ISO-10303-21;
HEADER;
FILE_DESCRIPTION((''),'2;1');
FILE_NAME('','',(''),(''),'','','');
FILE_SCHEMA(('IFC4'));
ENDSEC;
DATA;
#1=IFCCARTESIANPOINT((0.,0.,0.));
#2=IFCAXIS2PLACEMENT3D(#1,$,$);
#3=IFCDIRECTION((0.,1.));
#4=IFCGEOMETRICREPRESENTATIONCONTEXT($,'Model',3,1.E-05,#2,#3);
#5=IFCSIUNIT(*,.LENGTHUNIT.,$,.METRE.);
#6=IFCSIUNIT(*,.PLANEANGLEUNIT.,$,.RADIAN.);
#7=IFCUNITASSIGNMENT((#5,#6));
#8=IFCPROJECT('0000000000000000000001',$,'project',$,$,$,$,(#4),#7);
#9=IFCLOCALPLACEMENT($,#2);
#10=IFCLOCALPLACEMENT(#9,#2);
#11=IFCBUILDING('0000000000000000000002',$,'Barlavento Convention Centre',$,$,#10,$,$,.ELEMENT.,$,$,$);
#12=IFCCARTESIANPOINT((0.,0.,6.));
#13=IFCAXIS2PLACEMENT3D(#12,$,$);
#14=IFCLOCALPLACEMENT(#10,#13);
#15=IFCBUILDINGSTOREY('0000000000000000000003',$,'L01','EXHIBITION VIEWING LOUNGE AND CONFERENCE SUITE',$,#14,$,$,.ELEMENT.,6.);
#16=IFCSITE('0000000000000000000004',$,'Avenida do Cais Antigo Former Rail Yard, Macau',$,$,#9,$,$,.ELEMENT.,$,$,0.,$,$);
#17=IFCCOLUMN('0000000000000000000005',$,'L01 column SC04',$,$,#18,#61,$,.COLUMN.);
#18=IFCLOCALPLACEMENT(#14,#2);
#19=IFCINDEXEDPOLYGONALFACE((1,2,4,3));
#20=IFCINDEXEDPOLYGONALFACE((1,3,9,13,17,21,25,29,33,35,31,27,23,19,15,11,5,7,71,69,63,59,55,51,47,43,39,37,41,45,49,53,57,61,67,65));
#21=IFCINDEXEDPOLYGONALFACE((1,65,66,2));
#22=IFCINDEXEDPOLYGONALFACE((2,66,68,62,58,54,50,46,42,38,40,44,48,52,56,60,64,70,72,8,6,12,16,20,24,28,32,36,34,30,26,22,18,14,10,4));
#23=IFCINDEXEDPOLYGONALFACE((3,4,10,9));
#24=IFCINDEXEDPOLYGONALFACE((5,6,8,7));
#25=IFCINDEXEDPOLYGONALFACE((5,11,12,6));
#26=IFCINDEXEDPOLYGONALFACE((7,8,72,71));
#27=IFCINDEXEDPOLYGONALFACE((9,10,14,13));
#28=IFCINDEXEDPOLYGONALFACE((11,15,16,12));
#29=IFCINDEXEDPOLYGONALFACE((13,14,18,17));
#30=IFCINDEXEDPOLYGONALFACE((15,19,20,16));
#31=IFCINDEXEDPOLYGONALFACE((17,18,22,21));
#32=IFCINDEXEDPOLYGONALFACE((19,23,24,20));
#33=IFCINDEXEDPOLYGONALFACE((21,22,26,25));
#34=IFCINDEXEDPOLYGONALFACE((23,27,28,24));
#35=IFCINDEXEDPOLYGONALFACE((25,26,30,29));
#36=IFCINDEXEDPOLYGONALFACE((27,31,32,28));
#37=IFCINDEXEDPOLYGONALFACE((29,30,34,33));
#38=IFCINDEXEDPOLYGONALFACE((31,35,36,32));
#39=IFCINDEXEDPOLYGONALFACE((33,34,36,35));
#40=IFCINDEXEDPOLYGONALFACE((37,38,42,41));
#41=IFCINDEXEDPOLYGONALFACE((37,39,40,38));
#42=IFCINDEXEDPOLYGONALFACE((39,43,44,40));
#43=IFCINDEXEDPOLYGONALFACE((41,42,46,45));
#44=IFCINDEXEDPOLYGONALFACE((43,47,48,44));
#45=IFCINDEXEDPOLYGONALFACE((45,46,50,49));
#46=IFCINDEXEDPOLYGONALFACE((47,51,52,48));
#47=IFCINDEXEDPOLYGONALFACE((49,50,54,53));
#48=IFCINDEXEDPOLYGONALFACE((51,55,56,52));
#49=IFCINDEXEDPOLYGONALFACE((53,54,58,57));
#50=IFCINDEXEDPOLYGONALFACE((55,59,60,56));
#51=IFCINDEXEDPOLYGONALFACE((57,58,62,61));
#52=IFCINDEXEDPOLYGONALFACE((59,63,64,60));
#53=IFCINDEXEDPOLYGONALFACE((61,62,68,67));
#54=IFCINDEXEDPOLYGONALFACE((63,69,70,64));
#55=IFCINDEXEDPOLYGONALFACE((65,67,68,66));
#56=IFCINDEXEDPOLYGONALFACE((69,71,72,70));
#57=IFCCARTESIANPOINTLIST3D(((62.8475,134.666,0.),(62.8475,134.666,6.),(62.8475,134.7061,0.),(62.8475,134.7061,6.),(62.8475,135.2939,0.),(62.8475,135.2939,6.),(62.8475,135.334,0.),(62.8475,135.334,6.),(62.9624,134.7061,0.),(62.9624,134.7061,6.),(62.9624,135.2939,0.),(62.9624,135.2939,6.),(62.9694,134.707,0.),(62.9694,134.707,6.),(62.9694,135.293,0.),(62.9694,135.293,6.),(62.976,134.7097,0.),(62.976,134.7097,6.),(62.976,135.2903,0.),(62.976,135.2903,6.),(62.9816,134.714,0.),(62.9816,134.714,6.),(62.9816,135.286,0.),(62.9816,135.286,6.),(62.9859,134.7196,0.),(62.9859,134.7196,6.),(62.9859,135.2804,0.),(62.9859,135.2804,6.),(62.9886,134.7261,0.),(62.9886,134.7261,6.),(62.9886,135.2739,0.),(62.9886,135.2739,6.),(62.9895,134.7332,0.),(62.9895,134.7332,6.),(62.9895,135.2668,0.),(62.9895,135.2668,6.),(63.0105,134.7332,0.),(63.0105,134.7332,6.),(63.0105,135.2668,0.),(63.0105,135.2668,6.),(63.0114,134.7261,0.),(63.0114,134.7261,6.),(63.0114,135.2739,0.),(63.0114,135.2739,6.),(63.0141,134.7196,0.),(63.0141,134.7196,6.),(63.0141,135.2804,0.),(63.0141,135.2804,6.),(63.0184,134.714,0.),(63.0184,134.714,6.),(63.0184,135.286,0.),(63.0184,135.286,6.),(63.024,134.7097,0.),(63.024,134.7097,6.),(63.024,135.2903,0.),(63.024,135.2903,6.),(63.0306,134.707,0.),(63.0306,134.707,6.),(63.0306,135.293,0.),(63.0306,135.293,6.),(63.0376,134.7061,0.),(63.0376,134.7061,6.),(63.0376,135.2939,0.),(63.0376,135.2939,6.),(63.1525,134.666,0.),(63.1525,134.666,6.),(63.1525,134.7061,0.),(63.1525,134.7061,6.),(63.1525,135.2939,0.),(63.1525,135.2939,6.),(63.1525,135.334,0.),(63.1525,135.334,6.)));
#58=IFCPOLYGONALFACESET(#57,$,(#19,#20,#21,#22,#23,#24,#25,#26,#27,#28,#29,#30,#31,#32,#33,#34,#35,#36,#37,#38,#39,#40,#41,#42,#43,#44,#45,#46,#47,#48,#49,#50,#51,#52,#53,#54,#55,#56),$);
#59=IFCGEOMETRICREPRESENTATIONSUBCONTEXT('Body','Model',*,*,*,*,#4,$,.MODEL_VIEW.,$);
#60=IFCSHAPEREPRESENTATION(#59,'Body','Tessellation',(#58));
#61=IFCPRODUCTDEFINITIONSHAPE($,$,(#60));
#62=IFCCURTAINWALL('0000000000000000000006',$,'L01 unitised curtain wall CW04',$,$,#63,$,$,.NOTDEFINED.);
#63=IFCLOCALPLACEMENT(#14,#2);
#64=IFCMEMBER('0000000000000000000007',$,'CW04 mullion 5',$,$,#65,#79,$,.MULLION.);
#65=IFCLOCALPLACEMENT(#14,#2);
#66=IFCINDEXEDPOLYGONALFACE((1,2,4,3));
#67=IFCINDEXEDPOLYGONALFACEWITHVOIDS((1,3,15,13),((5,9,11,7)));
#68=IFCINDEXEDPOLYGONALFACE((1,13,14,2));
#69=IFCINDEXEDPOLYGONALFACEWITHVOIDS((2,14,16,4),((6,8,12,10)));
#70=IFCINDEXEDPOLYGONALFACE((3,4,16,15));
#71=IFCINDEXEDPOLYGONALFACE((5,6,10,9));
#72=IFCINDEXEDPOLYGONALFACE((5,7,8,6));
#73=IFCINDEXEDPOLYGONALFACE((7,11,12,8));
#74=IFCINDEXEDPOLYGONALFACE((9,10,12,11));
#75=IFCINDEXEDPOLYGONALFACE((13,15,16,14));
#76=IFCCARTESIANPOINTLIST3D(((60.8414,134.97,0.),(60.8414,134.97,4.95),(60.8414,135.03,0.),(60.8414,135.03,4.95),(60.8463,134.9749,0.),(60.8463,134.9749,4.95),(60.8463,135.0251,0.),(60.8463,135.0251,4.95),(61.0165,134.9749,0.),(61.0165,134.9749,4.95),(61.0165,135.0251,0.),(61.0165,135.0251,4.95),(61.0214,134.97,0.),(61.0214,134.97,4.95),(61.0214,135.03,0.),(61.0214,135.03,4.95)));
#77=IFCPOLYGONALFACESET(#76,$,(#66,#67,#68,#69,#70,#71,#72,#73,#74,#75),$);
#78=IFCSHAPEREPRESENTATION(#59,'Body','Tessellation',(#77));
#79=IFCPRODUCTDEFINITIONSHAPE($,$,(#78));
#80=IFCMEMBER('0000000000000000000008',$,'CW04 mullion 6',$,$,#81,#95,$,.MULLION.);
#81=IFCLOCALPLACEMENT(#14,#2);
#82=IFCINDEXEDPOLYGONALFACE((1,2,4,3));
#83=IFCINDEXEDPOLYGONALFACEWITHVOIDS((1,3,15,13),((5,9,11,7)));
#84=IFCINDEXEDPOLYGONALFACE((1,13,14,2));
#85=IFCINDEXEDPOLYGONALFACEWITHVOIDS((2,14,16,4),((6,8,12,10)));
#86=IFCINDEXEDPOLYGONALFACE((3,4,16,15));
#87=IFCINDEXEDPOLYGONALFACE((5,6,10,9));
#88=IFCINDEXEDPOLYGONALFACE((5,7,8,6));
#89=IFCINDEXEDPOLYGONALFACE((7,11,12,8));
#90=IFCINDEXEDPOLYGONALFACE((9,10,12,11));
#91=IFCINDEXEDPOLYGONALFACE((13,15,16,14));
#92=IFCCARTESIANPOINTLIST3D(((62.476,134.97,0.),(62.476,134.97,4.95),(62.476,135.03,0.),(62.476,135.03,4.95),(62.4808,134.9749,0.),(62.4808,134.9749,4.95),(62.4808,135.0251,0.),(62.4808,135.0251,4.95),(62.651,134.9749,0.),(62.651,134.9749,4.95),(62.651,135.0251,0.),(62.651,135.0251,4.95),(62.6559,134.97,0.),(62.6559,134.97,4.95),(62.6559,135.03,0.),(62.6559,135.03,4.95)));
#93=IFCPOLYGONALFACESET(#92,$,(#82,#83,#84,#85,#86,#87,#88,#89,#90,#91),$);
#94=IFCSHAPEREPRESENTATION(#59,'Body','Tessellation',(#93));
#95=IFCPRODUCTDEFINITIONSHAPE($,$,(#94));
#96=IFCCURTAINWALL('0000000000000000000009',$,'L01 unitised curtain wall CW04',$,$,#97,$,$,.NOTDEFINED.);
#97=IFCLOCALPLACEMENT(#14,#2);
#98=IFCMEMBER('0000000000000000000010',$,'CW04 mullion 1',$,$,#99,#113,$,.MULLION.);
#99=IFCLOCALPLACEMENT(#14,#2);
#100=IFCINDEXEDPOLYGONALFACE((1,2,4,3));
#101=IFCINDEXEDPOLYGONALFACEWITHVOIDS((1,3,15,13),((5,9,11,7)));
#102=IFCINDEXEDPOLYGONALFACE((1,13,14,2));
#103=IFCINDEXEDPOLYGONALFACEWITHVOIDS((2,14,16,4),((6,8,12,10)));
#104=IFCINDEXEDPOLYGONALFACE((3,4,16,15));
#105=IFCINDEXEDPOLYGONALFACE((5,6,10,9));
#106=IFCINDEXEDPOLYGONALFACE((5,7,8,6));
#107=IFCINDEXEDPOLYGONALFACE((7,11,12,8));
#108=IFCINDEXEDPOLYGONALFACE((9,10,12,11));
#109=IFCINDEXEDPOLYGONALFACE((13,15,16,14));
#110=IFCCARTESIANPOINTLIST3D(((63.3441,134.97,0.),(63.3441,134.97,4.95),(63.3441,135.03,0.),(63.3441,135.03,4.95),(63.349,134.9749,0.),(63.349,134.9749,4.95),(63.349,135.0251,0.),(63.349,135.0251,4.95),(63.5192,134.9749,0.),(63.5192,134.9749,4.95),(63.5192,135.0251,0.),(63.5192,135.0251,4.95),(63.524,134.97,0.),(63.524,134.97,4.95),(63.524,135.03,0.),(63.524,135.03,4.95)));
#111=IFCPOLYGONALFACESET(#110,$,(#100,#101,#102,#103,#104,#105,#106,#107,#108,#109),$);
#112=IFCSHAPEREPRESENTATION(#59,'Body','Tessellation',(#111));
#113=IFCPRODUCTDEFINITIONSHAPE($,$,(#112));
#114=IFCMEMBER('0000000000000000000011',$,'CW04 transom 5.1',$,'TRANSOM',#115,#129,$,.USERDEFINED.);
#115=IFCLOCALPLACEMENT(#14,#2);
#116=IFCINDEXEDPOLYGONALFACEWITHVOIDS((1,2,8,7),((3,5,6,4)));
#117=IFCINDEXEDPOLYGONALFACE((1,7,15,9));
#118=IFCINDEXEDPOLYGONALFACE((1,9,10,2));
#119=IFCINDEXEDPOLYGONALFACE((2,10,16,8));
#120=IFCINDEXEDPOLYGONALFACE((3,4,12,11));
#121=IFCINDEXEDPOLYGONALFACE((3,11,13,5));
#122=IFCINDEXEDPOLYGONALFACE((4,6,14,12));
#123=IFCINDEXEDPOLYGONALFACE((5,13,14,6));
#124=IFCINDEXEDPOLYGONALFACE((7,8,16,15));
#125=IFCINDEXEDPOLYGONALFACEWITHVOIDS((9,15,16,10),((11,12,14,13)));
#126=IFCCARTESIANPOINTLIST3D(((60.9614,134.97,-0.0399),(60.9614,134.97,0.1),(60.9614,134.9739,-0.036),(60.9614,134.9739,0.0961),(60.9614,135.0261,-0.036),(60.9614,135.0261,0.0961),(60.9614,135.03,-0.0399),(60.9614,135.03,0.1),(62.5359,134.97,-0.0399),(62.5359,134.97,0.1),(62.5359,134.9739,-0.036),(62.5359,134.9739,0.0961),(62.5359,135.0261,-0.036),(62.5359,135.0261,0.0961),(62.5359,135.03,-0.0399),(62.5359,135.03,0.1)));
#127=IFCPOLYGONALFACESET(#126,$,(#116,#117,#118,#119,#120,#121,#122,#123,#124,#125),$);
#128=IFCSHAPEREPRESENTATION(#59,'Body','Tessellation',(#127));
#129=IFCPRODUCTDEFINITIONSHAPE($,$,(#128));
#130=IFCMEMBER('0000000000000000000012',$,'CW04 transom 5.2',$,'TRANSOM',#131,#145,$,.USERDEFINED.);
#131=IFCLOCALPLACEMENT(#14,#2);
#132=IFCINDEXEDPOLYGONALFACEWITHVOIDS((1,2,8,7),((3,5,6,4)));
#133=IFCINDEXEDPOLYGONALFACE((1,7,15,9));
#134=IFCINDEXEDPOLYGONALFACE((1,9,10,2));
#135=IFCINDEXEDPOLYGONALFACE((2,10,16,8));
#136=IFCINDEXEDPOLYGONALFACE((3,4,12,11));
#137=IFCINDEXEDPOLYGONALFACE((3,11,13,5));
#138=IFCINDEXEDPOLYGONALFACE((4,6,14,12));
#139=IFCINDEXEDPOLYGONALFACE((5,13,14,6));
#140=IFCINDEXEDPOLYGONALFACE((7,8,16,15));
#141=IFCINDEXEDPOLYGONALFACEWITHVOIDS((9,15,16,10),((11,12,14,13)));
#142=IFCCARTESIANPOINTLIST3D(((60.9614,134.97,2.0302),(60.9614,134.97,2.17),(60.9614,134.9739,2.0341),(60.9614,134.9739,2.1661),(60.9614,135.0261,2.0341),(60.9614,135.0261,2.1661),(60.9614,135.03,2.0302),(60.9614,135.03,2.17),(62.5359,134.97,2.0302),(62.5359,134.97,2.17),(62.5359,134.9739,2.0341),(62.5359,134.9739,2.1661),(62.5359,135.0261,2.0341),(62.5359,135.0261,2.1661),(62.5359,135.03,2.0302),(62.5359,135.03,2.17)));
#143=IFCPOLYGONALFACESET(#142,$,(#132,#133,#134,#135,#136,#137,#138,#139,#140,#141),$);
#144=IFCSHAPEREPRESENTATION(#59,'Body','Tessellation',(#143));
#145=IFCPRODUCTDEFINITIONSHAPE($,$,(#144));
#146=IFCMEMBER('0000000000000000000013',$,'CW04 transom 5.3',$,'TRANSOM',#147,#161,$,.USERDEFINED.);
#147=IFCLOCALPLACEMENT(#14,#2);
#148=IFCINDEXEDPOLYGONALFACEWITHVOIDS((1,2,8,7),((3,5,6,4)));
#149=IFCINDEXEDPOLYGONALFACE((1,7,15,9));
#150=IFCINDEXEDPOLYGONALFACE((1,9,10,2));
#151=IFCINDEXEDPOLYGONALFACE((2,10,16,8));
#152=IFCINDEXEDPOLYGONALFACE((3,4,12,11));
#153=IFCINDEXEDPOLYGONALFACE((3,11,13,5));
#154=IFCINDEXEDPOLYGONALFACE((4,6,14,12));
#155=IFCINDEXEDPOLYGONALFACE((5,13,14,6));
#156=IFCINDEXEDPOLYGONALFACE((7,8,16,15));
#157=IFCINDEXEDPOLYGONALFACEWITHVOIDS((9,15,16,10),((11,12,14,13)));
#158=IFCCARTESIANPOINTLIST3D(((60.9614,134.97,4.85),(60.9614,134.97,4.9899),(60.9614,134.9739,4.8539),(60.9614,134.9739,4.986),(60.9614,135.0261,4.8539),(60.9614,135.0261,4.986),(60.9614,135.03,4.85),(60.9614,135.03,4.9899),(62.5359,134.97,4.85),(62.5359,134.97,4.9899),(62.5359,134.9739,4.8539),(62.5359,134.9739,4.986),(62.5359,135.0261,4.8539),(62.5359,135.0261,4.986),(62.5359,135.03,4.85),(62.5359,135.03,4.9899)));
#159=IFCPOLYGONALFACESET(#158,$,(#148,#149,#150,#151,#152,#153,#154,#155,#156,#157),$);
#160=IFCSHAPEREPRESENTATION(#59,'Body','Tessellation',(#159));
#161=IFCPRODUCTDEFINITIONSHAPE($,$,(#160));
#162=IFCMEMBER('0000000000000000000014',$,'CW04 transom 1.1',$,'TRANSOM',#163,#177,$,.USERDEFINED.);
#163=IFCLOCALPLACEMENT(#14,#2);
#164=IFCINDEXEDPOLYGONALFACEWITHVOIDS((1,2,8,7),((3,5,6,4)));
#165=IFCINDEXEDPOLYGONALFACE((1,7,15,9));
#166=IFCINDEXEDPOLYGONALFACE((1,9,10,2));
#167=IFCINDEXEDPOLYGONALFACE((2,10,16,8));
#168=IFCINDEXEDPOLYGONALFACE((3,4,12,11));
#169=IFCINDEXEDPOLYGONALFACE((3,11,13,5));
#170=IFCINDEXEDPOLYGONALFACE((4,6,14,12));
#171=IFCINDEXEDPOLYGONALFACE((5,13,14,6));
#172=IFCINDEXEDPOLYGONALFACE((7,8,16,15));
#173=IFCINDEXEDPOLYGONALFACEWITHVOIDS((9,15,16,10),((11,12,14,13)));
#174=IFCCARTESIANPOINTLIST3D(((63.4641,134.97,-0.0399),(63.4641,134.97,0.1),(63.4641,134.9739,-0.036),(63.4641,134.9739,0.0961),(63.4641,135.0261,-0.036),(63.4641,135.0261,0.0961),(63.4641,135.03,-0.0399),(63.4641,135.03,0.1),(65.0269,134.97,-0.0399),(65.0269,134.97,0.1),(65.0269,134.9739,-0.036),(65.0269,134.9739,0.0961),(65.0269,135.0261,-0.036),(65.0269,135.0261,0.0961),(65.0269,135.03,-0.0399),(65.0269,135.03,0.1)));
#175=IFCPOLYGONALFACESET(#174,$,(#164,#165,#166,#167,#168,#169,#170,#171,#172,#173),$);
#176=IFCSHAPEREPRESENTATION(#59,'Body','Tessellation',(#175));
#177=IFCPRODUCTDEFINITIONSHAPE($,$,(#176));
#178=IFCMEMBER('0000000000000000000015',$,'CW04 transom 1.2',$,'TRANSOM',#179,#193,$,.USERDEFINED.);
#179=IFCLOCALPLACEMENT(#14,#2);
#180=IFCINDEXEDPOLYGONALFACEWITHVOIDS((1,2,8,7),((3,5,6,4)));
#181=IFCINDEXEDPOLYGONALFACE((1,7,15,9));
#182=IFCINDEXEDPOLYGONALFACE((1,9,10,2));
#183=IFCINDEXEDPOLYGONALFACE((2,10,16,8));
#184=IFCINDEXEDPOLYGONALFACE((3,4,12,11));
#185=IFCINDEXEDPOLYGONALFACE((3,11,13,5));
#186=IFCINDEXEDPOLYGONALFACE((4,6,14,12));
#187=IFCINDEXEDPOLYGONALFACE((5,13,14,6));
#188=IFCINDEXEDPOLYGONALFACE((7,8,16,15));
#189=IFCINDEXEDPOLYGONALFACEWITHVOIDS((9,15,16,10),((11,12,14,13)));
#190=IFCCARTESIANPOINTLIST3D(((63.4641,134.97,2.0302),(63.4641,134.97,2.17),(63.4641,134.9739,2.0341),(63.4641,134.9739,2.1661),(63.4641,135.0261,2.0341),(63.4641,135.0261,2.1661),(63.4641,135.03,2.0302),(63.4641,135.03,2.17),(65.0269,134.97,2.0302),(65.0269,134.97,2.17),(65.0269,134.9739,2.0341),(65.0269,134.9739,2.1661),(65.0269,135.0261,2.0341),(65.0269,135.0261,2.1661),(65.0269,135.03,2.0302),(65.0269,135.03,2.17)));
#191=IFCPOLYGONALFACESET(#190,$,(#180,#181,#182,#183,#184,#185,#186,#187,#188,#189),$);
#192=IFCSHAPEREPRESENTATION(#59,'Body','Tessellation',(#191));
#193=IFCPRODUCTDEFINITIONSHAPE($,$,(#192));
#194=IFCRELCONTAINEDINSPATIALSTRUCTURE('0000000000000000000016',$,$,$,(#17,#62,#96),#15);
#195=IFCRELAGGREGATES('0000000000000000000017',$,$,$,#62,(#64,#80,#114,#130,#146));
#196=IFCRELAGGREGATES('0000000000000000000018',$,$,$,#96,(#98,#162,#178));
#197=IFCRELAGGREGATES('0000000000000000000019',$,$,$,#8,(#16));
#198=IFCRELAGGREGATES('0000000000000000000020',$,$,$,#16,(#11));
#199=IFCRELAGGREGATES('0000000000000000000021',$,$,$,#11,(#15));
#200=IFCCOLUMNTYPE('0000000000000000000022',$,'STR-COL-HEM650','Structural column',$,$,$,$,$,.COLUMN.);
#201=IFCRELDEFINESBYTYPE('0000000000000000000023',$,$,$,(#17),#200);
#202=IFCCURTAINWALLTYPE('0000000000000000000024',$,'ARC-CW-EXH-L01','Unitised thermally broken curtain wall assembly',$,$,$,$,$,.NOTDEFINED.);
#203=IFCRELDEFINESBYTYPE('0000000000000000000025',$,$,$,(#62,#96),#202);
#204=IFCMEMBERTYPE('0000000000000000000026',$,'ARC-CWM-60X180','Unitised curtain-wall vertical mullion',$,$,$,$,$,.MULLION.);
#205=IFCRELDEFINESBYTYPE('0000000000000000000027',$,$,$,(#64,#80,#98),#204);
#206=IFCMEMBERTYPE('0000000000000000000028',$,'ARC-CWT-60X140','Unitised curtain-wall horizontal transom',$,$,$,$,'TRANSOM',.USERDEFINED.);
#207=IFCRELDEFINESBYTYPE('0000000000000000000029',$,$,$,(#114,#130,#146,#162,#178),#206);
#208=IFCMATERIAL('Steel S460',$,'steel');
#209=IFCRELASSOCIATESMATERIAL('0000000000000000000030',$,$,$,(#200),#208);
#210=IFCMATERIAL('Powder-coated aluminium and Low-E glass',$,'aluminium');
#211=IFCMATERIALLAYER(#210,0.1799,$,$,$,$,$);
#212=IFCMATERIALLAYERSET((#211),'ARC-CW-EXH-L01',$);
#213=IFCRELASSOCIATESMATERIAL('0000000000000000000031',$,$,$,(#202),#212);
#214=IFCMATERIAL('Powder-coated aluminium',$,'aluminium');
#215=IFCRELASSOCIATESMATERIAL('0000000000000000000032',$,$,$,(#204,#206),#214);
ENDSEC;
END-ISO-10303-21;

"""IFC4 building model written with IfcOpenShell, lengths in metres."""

from ifc_helpers import new_model, si_unit, direction, frame, origin, origin_2d, place, context, subcontext, project, spatial, hollow_rectangle, i_section, extrude, material, layer, layer_set, material_profile, profile_set, type_object, element, aggregate, save


model = new_model("IFC4")

# Units and contexts
model_context = context("Model", 3, precision=1e-05, world=origin(), true_north=direction((0.0, 1.0)))
body_context = subcontext(model_context, "Body", "Model", "MODEL_VIEW")
ifc_project = project(units=[si_unit("LENGTHUNIT", "METRE"), si_unit("PLANEANGLEUNIT", "RADIAN")], contexts=[model_context])

# Site, building, storey
site_placement = place(None, origin())
site = spatial("IfcSite", under=ifc_project, at=site_placement, Name="Avenida do Cais Antigo Former Rail Yard, Macau", CompositionType="ELEMENT", RefElevation=0.0)
building_placement = place(site_placement, origin())
building = spatial("IfcBuilding", under=site, at=building_placement, Name="Barlavento Convention Centre", CompositionType="ELEMENT")
storey_placement = place(building_placement, frame((0.0, 0.0, 6.0)))
storey = spatial("IfcBuildingStorey", under=building, at=storey_placement, Name="L01", Description="EXHIBITION VIEWING LOUNGE AND CONFERENCE SUITE", CompositionType="ELEMENT", Elevation=6.0)

# Column
ifc_material_1 = material(Name="Steel S460", Category="steel")
ifc_material_profile_1 = material_profile(ifc_material_1, i_section(OverallWidth=0.3049, OverallDepth=0.668, WebThickness=0.021, FlangeThickness=0.04, FilletRadius=0.0271, at=origin_2d()), Name="HEM 650")
ifc_profile_set_1 = profile_set([ifc_material_profile_1], Name="Steel S460")
column_type = type_object("IfcColumnType", Name="STR-COL-HEM650", Description="Structural column", PredefinedType="COLUMN", material=ifc_profile_set_1)
column_placement = place(storey_placement, frame((63.0, 135.0, 0.0), z_axis=(0.0, 0.0, 1.0), x_axis=(1.0, 0.0, 0.0)))
element("IfcColumn", 1, at=column_placement, inside=storey, type_object=column_type, Name="L01 column SC04", PredefinedType="COLUMN", context=body_context, shape_type="SweptSolid", body=[
    extrude(i_section(OverallWidth=0.3049, OverallDepth=0.668, WebThickness=0.021, FlangeThickness=0.04, FilletRadius=0.0271, at=origin_2d()), origin(), (0.0, 0.0, 1.0), 6.0),
])

# Curtain wall, members
ifc_material_2 = material(Name="Powder-coated aluminium and Low-E glass", Category="aluminium")
ifc_layer_1 = layer(ifc_material_2, 0.1799)
ifc_layer_set_1 = layer_set([ifc_layer_1], Name="ARC-CW-EXH-L01")
curtain_wall_type = type_object("IfcCurtainWallType", Name="ARC-CW-EXH-L01", Description="Unitised thermally broken curtain wall assembly", PredefinedType="NOTDEFINED", material=ifc_layer_set_1)
curtain_wall_1_placement = place(storey_placement, origin())
curtain_wall_1 = element("IfcCurtainWall", 2, at=curtain_wall_1_placement, inside=storey, type_object=curtain_wall_type, Name="L01 unitised curtain wall CW04", PredefinedType="NOTDEFINED")
ifc_material_3 = material(Name="Powder-coated aluminium", Category="aluminium")
ifc_material_profile_2 = material_profile(ifc_material_3, hollow_rectangle(XDim=0.0601, YDim=0.1799, WallThickness=0.0049, at=origin_2d()), Name="AL-MULL 60x180x5")
ifc_profile_set_2 = profile_set([ifc_material_profile_2], Name="Powder-coated aluminium")
member_type_1 = type_object("IfcMemberType", Name="ARC-CWM-60X180", Description="Unitised curtain-wall vertical mullion", PredefinedType="MULLION", material=ifc_profile_set_2)
member_1_placement = place(storey_placement, frame((60.9314, 135.0, 0.0), z_axis=(0.0, 0.0, 1.0), x_axis=(0.0, 1.0, 0.0)))
member_1 = element("IfcMember", 3, at=member_1_placement, type_object=member_type_1, Name="CW04 mullion 5", PredefinedType="MULLION", context=body_context, shape_type="SweptSolid", body=[
    extrude(hollow_rectangle(XDim=0.0601, YDim=0.1799, WallThickness=0.0049, at=origin_2d()), origin(), (0.0, 0.0, 1.0), 4.95),
])
member_2_placement = place(storey_placement, frame((62.5659, 135.0, 0.0), z_axis=(0.0, 0.0, 1.0), x_axis=(0.0, 1.0, 0.0)))
member_2 = element("IfcMember", 4, at=member_2_placement, type_object=member_type_1, Name="CW04 mullion 6", PredefinedType="MULLION", context=body_context, shape_type="SweptSolid", body=[
    extrude(hollow_rectangle(XDim=0.0601, YDim=0.1799, WallThickness=0.0049, at=origin_2d()), origin(), (0.0, 0.0, 1.0), 4.95),
])

# Curtain wall, member
curtain_wall_2_placement = place(storey_placement, origin())
curtain_wall_2 = element("IfcCurtainWall", 5, at=curtain_wall_2_placement, inside=storey, type_object=curtain_wall_type, Name="L01 unitised curtain wall CW04", PredefinedType="NOTDEFINED")
member_3_placement = place(storey_placement, frame((63.4341, 135.0, 0.0), z_axis=(0.0, 0.0, 1.0), x_axis=(0.0, 1.0, 0.0)))
member_3 = element("IfcMember", 6, at=member_3_placement, type_object=member_type_1, Name="CW04 mullion 1", PredefinedType="MULLION", context=body_context, shape_type="SweptSolid", body=[
    extrude(hollow_rectangle(XDim=0.0601, YDim=0.1799, WallThickness=0.0049, at=origin_2d()), origin(), (0.0, 0.0, 1.0), 4.95),
])

# Members
ifc_material_profile_3 = material_profile(ifc_material_3, hollow_rectangle(XDim=0.0601, YDim=0.1399, WallThickness=0.0039, at=origin_2d()), Name="AL-TRAN 60x140x4")
ifc_profile_set_3 = profile_set([ifc_material_profile_3], Name="Powder-coated aluminium")
member_type_2 = type_object("IfcMemberType", Name="ARC-CWT-60X140", Description="Unitised curtain-wall horizontal transom", ElementType="TRANSOM", PredefinedType="USERDEFINED", material=ifc_profile_set_3)
member_4_placement = place(storey_placement, frame((60.9614, 135.0, 0.03), z_axis=(1.0, 0.0, 0.0), x_axis=(0.0, 1.0, 0.0)))
member_4 = element("IfcMember", 7, at=member_4_placement, type_object=member_type_2, Name="CW04 transom 5.1", ObjectType="TRANSOM", PredefinedType="USERDEFINED", context=body_context, shape_type="SweptSolid", body=[
    extrude(hollow_rectangle(XDim=0.0601, YDim=0.1399, WallThickness=0.0039, at=origin_2d()), origin(), (0.0, 0.0, 1.0), 1.5745),
])
member_5_placement = place(storey_placement, frame((60.9614, 135.0, 2.1001), z_axis=(1.0, 0.0, 0.0), x_axis=(0.0, 1.0, 0.0)))
member_5 = element("IfcMember", 8, at=member_5_placement, type_object=member_type_2, Name="CW04 transom 5.2", ObjectType="TRANSOM", PredefinedType="USERDEFINED", context=body_context, shape_type="SweptSolid", body=[
    extrude(hollow_rectangle(XDim=0.0601, YDim=0.1399, WallThickness=0.0039, at=origin_2d()), origin(), (0.0, 0.0, 1.0), 1.5745),
])
member_6_placement = place(storey_placement, frame((60.9614, 135.0, 4.9199), z_axis=(1.0, 0.0, 0.0), x_axis=(0.0, 1.0, 0.0)))
member_6 = element("IfcMember", 9, at=member_6_placement, type_object=member_type_2, Name="CW04 transom 5.3", ObjectType="TRANSOM", PredefinedType="USERDEFINED", context=body_context, shape_type="SweptSolid", body=[
    extrude(hollow_rectangle(XDim=0.0601, YDim=0.1399, WallThickness=0.0039, at=origin_2d()), origin(), (0.0, 0.0, 1.0), 1.5745),
])
member_7_placement = place(storey_placement, frame((63.4641, 135.0, 0.03), z_axis=(1.0, 0.0, 0.0), x_axis=(0.0, 1.0, 0.0)))
member_7 = element("IfcMember", 10, at=member_7_placement, type_object=member_type_2, Name="CW04 transom 1.1", ObjectType="TRANSOM", PredefinedType="USERDEFINED", context=body_context, shape_type="SweptSolid", body=[
    extrude(hollow_rectangle(XDim=0.0601, YDim=0.1399, WallThickness=0.0039, at=origin_2d()), origin(), (0.0, 0.0, 1.0), 1.5627),
])
member_8_placement = place(storey_placement, frame((63.4641, 135.0, 2.1001), z_axis=(1.0, 0.0, 0.0), x_axis=(0.0, 1.0, 0.0)))
member_8 = element("IfcMember", 11, at=member_8_placement, type_object=member_type_2, Name="CW04 transom 1.2", ObjectType="TRANSOM", PredefinedType="USERDEFINED", context=body_context, shape_type="SweptSolid", body=[
    extrude(hollow_rectangle(XDim=0.0601, YDim=0.1399, WallThickness=0.0039, at=origin_2d()), origin(), (0.0, 0.0, 1.0), 1.5627),
])

aggregate(curtain_wall_1, [member_1, member_2, member_4, member_5, member_6])
aggregate(curtain_wall_2, [member_3, member_7, member_8])

save(model, "model.ifc")
